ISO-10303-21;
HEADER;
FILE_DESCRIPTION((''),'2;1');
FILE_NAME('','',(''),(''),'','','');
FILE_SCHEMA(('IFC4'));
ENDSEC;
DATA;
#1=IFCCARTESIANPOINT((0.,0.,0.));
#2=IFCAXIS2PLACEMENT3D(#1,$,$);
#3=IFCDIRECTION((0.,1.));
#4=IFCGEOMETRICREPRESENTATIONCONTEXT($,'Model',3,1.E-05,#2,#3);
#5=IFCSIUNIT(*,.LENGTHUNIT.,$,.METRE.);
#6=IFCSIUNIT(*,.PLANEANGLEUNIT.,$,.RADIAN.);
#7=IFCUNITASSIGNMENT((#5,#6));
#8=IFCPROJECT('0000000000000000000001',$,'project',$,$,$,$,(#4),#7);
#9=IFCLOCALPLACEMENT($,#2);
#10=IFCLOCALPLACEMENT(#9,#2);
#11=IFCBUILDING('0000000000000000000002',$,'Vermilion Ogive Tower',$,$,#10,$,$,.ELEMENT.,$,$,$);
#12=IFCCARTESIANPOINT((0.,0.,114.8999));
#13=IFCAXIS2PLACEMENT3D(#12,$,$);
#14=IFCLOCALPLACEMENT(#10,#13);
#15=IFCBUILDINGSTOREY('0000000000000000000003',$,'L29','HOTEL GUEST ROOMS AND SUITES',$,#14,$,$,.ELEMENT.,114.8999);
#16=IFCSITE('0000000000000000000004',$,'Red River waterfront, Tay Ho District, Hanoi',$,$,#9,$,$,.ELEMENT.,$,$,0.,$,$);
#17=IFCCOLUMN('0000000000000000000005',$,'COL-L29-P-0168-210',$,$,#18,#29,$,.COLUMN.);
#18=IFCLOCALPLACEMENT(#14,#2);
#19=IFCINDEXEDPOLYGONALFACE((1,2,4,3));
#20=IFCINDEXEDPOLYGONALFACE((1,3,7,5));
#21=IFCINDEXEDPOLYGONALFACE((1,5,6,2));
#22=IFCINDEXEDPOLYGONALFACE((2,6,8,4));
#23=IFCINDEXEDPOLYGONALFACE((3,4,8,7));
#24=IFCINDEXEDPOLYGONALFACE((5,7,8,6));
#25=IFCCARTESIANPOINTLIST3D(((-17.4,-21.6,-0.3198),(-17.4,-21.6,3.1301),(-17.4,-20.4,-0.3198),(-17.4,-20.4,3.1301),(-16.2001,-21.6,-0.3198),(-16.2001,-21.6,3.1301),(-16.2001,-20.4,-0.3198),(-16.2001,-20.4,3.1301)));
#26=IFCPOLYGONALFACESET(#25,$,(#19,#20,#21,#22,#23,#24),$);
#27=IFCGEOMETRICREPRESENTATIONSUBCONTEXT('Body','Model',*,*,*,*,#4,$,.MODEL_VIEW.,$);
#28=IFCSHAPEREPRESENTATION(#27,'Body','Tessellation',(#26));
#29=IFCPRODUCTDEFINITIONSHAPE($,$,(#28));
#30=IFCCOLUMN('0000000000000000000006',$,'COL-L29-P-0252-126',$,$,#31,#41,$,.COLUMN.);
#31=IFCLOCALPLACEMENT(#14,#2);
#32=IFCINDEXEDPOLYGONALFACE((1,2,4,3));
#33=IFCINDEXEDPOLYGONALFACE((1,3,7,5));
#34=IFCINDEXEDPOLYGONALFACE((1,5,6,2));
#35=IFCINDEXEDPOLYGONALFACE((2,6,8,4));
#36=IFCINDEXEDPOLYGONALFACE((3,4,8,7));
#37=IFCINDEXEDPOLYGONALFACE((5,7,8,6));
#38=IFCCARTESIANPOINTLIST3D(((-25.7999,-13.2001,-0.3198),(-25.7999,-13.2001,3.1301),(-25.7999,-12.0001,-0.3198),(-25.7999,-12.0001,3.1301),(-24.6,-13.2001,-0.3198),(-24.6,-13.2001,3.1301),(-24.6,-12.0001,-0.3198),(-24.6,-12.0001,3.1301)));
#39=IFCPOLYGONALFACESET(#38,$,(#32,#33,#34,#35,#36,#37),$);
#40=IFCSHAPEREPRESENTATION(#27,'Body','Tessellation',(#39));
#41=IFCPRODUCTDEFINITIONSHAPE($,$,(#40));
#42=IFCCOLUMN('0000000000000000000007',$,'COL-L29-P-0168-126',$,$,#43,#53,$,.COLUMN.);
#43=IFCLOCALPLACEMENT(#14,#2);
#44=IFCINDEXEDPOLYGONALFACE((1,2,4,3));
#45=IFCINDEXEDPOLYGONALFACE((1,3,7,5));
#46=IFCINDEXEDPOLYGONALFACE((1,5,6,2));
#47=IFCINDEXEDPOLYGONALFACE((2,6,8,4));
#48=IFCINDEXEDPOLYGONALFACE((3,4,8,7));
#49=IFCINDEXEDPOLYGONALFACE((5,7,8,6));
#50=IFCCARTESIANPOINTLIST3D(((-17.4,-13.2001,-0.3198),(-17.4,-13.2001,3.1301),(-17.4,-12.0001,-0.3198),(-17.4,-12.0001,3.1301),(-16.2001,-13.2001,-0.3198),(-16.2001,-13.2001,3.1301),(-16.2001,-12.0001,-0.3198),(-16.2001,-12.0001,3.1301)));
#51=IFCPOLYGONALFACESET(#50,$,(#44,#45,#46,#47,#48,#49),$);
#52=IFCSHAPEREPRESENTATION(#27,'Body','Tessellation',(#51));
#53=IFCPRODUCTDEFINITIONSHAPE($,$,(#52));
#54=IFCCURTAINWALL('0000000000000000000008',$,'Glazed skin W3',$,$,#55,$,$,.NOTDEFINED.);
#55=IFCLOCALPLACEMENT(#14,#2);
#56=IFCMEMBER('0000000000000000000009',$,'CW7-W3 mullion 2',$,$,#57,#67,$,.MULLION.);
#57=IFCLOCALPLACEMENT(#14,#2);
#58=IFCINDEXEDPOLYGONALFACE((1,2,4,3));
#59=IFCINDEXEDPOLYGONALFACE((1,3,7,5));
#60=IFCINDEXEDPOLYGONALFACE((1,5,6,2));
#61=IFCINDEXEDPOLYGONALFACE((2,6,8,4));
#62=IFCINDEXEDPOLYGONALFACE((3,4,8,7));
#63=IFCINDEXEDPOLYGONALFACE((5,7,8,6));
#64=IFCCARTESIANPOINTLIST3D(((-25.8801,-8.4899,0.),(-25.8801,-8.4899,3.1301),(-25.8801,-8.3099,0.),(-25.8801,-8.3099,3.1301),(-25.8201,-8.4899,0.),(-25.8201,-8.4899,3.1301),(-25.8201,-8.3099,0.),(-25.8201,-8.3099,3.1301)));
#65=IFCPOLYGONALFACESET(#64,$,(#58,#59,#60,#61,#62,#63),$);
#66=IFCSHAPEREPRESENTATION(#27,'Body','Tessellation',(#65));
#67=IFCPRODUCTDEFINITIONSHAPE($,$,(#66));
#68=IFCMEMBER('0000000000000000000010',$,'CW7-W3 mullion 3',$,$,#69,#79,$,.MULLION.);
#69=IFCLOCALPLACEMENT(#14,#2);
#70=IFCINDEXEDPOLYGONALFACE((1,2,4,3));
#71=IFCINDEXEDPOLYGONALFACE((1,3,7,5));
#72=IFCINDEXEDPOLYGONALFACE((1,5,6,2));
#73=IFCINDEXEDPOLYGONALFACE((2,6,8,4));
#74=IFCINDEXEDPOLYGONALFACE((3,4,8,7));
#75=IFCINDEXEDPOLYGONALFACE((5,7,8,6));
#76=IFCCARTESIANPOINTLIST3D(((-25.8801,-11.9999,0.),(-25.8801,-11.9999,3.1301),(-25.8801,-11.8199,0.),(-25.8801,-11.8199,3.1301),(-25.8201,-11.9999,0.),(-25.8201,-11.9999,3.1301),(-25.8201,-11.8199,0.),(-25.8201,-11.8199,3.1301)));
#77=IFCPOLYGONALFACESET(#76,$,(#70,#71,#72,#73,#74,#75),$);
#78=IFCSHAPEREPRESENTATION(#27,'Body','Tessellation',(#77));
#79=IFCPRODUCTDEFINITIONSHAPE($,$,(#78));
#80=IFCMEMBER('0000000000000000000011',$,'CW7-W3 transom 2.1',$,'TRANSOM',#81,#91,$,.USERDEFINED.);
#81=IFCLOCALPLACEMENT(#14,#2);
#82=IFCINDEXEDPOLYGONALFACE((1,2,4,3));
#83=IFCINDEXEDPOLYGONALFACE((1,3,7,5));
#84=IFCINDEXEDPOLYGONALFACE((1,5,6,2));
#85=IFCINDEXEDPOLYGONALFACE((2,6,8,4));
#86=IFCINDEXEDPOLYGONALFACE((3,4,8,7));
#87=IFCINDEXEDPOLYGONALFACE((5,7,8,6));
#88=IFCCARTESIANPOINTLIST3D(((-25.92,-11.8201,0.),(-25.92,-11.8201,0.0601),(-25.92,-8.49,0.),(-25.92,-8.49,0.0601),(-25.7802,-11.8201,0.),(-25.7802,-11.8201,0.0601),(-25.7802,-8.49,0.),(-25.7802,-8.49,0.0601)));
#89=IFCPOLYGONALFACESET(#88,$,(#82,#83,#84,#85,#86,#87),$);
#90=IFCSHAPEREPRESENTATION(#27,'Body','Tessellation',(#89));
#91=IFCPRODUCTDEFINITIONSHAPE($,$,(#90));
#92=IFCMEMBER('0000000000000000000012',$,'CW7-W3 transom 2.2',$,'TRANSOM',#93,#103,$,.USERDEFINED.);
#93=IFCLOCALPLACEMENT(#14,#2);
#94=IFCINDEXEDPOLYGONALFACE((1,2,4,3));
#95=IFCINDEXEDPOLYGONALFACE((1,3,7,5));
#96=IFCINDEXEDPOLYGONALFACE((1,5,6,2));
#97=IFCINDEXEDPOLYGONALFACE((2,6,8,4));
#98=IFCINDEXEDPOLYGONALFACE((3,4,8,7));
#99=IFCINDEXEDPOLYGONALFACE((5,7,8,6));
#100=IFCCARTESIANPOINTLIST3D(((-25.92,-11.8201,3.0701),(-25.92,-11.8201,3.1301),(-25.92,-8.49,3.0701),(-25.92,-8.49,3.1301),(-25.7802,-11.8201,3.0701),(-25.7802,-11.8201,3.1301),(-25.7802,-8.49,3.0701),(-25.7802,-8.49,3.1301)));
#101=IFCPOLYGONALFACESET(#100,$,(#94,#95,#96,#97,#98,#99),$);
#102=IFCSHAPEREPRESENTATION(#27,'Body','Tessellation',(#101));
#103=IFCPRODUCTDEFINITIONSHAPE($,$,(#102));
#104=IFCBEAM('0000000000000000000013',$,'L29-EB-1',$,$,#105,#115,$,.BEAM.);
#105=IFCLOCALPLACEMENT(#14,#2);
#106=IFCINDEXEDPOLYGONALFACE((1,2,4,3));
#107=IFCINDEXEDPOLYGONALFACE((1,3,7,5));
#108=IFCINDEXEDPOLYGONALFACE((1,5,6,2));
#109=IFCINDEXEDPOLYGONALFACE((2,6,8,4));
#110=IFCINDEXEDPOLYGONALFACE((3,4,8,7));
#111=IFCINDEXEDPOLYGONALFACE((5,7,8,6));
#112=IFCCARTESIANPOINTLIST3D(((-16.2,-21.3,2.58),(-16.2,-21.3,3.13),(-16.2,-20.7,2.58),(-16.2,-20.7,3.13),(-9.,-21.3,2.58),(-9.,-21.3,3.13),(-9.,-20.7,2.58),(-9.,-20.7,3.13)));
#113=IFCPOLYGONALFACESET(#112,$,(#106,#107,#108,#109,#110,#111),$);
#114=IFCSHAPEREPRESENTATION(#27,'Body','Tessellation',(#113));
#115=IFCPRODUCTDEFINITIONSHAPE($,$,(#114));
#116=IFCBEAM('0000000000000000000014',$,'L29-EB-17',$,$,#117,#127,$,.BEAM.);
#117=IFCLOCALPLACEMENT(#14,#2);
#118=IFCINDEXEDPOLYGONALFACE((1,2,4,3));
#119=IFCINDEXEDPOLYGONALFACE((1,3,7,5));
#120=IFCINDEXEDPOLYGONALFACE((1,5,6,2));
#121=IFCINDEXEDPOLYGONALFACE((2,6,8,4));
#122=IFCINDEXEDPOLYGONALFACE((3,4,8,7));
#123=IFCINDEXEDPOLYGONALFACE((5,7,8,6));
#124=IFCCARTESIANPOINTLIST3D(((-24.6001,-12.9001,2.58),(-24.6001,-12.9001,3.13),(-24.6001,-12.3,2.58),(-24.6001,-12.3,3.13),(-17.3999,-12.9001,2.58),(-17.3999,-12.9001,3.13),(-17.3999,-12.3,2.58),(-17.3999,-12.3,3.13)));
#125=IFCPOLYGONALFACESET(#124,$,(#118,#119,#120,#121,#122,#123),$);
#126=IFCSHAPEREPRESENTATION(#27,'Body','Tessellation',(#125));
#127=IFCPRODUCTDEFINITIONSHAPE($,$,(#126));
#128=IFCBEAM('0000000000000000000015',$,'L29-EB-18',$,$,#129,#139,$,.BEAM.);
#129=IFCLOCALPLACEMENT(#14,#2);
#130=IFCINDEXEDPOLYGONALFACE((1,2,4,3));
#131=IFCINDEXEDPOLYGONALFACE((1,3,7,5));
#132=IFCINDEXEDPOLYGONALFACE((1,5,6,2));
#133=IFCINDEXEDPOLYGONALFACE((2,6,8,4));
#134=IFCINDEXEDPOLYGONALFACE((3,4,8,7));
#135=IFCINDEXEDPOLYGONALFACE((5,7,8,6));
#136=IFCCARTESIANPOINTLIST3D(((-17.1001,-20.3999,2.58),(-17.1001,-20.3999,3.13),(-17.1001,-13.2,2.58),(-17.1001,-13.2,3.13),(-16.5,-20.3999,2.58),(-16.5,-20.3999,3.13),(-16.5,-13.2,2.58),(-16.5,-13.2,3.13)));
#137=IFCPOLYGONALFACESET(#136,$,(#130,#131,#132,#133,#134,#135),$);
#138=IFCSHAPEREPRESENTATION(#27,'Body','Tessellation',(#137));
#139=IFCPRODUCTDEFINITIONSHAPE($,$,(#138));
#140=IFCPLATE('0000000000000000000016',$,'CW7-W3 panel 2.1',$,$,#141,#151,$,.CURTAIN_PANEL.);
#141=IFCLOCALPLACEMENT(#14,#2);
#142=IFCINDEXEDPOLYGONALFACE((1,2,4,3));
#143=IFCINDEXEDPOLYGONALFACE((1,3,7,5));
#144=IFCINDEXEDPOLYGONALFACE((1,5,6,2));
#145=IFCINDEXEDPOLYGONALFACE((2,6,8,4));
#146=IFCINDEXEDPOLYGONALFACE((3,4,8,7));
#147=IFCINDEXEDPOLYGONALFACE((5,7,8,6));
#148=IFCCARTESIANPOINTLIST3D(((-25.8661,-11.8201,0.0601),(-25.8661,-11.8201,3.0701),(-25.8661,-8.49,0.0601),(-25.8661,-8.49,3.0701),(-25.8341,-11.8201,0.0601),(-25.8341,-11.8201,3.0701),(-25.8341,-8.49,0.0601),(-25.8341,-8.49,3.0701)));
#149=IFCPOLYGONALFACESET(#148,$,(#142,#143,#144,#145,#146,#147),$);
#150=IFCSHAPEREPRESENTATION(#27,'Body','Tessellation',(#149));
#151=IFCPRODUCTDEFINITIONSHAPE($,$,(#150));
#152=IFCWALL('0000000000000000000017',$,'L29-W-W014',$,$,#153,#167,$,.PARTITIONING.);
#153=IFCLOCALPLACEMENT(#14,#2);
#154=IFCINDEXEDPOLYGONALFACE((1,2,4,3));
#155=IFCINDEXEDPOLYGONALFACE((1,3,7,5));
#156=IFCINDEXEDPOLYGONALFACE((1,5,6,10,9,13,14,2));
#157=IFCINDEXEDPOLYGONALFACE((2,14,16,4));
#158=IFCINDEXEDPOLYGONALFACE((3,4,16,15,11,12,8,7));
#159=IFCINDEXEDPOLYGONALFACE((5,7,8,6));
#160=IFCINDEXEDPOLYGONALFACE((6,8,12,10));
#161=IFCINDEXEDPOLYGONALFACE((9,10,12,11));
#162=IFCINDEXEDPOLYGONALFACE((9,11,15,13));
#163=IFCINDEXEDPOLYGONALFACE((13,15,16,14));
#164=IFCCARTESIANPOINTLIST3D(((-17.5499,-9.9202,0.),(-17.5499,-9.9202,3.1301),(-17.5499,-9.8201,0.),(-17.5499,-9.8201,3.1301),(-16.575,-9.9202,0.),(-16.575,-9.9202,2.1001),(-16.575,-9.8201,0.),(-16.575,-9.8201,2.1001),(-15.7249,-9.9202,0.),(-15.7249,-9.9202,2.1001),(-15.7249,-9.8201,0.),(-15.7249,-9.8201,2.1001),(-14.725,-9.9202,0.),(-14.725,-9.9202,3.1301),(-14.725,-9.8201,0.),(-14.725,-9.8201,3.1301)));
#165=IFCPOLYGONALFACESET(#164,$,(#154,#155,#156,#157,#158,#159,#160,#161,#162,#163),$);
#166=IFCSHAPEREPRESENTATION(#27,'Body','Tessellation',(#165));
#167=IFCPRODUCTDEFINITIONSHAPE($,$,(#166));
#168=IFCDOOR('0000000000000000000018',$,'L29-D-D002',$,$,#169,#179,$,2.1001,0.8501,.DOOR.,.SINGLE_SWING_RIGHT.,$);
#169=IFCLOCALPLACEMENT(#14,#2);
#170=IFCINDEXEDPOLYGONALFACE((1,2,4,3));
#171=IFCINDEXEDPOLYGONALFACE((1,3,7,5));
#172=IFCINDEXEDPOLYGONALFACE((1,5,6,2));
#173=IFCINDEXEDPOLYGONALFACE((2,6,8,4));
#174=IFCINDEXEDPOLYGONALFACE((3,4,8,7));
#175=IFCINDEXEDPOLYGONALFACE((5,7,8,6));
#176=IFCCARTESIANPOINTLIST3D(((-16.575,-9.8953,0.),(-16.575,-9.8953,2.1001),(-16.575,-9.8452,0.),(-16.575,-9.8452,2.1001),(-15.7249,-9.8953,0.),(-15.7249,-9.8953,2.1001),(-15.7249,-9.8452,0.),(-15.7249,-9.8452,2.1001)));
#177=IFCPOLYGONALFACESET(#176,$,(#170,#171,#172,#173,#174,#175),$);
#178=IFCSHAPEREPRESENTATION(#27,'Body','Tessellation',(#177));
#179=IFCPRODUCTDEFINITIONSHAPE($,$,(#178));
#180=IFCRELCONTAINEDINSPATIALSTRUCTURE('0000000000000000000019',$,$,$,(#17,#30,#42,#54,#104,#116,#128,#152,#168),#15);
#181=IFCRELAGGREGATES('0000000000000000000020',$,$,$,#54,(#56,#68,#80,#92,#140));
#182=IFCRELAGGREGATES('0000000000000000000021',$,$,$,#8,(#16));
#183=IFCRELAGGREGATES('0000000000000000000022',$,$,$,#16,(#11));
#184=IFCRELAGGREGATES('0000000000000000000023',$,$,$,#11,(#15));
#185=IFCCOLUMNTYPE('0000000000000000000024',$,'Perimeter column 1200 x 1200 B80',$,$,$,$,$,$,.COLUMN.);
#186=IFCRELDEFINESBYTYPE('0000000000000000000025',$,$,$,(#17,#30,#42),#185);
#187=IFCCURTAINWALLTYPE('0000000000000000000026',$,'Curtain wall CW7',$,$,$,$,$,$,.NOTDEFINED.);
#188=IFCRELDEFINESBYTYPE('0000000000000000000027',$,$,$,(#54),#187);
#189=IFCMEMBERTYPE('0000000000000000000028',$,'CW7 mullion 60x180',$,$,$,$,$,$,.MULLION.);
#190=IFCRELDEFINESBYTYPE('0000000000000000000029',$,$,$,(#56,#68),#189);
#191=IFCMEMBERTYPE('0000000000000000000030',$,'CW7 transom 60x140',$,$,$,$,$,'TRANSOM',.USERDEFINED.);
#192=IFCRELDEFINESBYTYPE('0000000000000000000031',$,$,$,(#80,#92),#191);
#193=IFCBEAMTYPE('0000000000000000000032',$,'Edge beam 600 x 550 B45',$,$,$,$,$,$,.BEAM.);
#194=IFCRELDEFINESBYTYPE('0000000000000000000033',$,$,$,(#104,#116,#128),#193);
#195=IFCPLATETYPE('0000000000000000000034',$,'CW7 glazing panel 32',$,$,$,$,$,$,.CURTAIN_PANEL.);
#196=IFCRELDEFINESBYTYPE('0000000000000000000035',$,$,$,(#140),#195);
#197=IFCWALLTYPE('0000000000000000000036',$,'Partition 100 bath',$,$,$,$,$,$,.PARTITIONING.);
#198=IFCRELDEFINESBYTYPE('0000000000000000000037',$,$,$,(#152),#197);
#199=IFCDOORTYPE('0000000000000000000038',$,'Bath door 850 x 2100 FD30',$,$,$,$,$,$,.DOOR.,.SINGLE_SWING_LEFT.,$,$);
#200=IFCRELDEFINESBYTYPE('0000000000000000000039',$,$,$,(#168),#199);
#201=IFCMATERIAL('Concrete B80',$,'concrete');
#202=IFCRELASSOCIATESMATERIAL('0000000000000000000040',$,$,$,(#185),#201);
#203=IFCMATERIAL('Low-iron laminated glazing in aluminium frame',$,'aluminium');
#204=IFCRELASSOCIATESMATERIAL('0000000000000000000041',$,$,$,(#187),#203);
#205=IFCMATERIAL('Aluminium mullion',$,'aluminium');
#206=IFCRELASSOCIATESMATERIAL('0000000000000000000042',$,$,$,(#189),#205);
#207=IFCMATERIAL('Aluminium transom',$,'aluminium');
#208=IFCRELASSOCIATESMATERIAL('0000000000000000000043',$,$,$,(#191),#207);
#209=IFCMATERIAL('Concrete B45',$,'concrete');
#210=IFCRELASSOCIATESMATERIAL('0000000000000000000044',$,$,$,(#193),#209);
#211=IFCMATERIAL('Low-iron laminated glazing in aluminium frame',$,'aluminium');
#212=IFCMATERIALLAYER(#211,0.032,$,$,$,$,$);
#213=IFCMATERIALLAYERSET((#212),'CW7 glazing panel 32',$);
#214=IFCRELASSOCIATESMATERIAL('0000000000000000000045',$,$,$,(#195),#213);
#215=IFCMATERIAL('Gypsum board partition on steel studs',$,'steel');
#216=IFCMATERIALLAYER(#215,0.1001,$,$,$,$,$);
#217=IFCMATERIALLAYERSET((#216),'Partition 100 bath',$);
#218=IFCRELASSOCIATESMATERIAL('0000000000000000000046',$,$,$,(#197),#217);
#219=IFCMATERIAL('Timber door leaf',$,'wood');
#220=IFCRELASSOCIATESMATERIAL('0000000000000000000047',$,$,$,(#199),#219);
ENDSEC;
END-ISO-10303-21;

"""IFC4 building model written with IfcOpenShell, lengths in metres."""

from ifc_helpers import new_model, si_unit, direction, frame, frame_2d, origin, origin_2d, place, context, subcontext, project, spatial, rectangle, extrude, material, layer, layer_set, material_profile, profile_set, type_object, element, fill, aggregate, save


model = new_model("IFC4")

# Units and contexts
model_context = context("Model", 3, precision=1e-05, world=origin(), true_north=direction((0.0, 1.0)))
body_context = subcontext(model_context, "Body", "Model", "MODEL_VIEW")
ifc_project = project(units=[si_unit("LENGTHUNIT", "METRE"), si_unit("PLANEANGLEUNIT", "RADIAN")], contexts=[model_context])

# Site, building, storey
site_placement = place(None, origin())
site = spatial("IfcSite", under=ifc_project, at=site_placement, Name="Red River waterfront, Tay Ho District, Hanoi", CompositionType="ELEMENT", RefElevation=0.0)
building_placement = place(site_placement, origin())
building = spatial("IfcBuilding", under=site, at=building_placement, Name="Vermilion Ogive Tower", CompositionType="ELEMENT")
storey_placement = place(building_placement, frame((0.0, 0.0, 114.8999)))
storey = spatial("IfcBuildingStorey", under=building, at=storey_placement, Name="L29", Description="HOTEL GUEST ROOMS AND SUITES", CompositionType="ELEMENT", Elevation=114.8999)

# Columns
ifc_material_1 = material(Name="Concrete B80", Category="concrete")
ifc_material_profile_1 = material_profile(ifc_material_1, rectangle(XDim=1.2, YDim=1.2, at=origin_2d()), Name="1200 x 1200")
ifc_profile_set_1 = profile_set([ifc_material_profile_1], Name="Concrete B80")
column_type = type_object("IfcColumnType", Name="Perimeter column 1200 x 1200 B80", PredefinedType="COLUMN", material=ifc_profile_set_1)
for number, where, z_axis, x_axis, name in (
    (1, (-16.8, -21.0, -0.3198), (0.0, 0.0, 1.0), (1.0, 0.0, 0.0), "COL-L29-P-0168-210"),
    (2, (-25.2, -12.6001, -0.3198), (0.0, 0.0, 1.0), (1.0, 0.0, 0.0), "COL-L29-P-0252-126"),
    (3, (-16.8, -12.6001, -0.3198), (0.0, 0.0, 1.0), (1.0, 0.0, 0.0), "COL-L29-P-0168-126"),
):
    element("IfcColumn", number, at=place(storey_placement, frame(where, z_axis=z_axis, x_axis=x_axis)), inside=storey, type_object=column_type, Name=name, PredefinedType="COLUMN", context=body_context, shape_type="SweptSolid", body=[
        extrude(rectangle(XDim=1.2, YDim=1.2, at=origin_2d()), origin(), (0.0, 0.0, 1.0), 3.45),
    ])

# Curtain wall, members
ifc_material_2 = material(Name="Low-iron laminated glazing in aluminium frame", Category="aluminium")
curtain_wall_type = type_object("IfcCurtainWallType", Name="Curtain wall CW7", PredefinedType="NOTDEFINED", material=ifc_material_2)
curtain_wall_placement = place(storey_placement, origin())
curtain_wall = element("IfcCurtainWall", 4, at=curtain_wall_placement, inside=storey, type_object=curtain_wall_type, Name="Glazed skin W3", PredefinedType="NOTDEFINED")
ifc_material_3 = material(Name="Aluminium mullion", Category="aluminium")
ifc_material_profile_2 = material_profile(ifc_material_3, rectangle(XDim=0.0601, YDim=0.1799, at=origin_2d()), Name="AL 60x180")
ifc_profile_set_2 = profile_set([ifc_material_profile_2], Name="Aluminium mullion")
member_type_1 = type_object("IfcMemberType", Name="CW7 mullion 60x180", PredefinedType="MULLION", material=ifc_profile_set_2)
member_1_placement = place(storey_placement, frame((-25.8501, -8.3999, 0.0), z_axis=(0.0, 0.0, 1.0), x_axis=(1.0, 0.0, 0.0)))
member_1 = element("IfcMember", 5, at=member_1_placement, type_object=member_type_1, Name="CW7-W3 mullion 2", PredefinedType="MULLION", context=body_context, shape_type="SweptSolid", body=[
    extrude(rectangle(XDim=0.0601, YDim=0.1799, at=origin_2d()), origin(), (0.0, 0.0, 1.0), 3.1301),
])
member_2_placement = place(storey_placement, frame((-25.8501, -11.9099, 0.0), z_axis=(0.0, 0.0, 1.0), x_axis=(1.0, 0.0, 0.0)))
member_2 = element("IfcMember", 6, at=member_2_placement, type_object=member_type_1, Name="CW7-W3 mullion 3", PredefinedType="MULLION", context=body_context, shape_type="SweptSolid", body=[
    extrude(rectangle(XDim=0.0601, YDim=0.1799, at=origin_2d()), origin(), (0.0, 0.0, 1.0), 3.1301),
])
ifc_material_4 = material(Name="Aluminium transom", Category="aluminium")
ifc_material_profile_3 = material_profile(ifc_material_4, rectangle(XDim=0.1399, YDim=0.0601, at=origin_2d()), Name="AL 60x140")
ifc_profile_set_3 = profile_set([ifc_material_profile_3], Name="Aluminium transom")
member_type_2 = type_object("IfcMemberType", Name="CW7 transom 60x140", ElementType="TRANSOM", PredefinedType="USERDEFINED", material=ifc_profile_set_3)
member_3_placement = place(storey_placement, frame((-25.8501, -8.49, 0.03), z_axis=(0.0, -1.0, 0.0), x_axis=(1.0, 0.0, 0.0)))
member_3 = element("IfcMember", 7, at=member_3_placement, type_object=member_type_2, Name="CW7-W3 transom 2.1", ObjectType="TRANSOM", PredefinedType="USERDEFINED", context=body_context, shape_type="SweptSolid", body=[
    extrude(rectangle(XDim=0.1399, YDim=0.0601, at=origin_2d()), origin(), (0.0, 0.0, 1.0), 3.3301),
])
member_4_placement = place(storey_placement, frame((-25.8501, -8.49, 3.1001), z_axis=(0.0, -1.0, 0.0), x_axis=(1.0, 0.0, 0.0)))
member_4 = element("IfcMember", 8, at=member_4_placement, type_object=member_type_2, Name="CW7-W3 transom 2.2", ObjectType="TRANSOM", PredefinedType="USERDEFINED", context=body_context, shape_type="SweptSolid", body=[
    extrude(rectangle(XDim=0.1399, YDim=0.0601, at=origin_2d()), origin(), (0.0, 0.0, 1.0), 3.3301),
])

# Beams
ifc_material_5 = material(Name="Concrete B45", Category="concrete")
ifc_material_profile_4 = material_profile(ifc_material_5, rectangle(XDim=0.6001, YDim=0.55, at=origin_2d()), Name="600 x 550")
ifc_profile_set_4 = profile_set([ifc_material_profile_4], Name="Concrete B45")
beam_type = type_object("IfcBeamType", Name="Edge beam 600 x 550 B45", PredefinedType="BEAM", material=ifc_profile_set_4)
beam_1_placement = place(storey_placement, frame((-16.2, -21.0, 2.855), z_axis=(1.0, 0.0, 0.0), x_axis=(0.0, 1.0, 0.0)))
element("IfcBeam", 9, at=beam_1_placement, inside=storey, type_object=beam_type, Name="L29-EB-1", PredefinedType="BEAM", context=body_context, shape_type="SweptSolid", body=[
    extrude(rectangle(XDim=0.6001, YDim=0.55, at=origin_2d()), origin(), (0.0, 0.0, 1.0), 7.2),
])
beam_2_placement = place(storey_placement, frame((-24.6001, -12.6001, 2.855), z_axis=(1.0, 0.0, 0.0), x_axis=(0.0, 1.0, 0.0)))
element("IfcBeam", 10, at=beam_2_placement, inside=storey, type_object=beam_type, Name="L29-EB-17", PredefinedType="BEAM", context=body_context, shape_type="SweptSolid", body=[
    extrude(rectangle(XDim=0.6001, YDim=0.55, at=origin_2d()), origin(), (0.0, 0.0, 1.0), 7.2002),
])
beam_3_placement = place(storey_placement, frame((-16.8, -13.2, 2.855), z_axis=(0.0, -1.0, 0.0), x_axis=(1.0, 0.0, 0.0)))
element("IfcBeam", 11, at=beam_3_placement, inside=storey, type_object=beam_type, Name="L29-EB-18", PredefinedType="BEAM", context=body_context, shape_type="SweptSolid", body=[
    extrude(rectangle(XDim=0.6001, YDim=0.55, at=origin_2d()), origin(), (0.0, 0.0, 1.0), 7.2),
])

# Plate
ifc_material_6 = material(Name="Low-iron laminated glazing in aluminium frame", Category="aluminium")
ifc_layer_1 = layer(ifc_material_6, 0.032)
ifc_layer_set_1 = layer_set([ifc_layer_1], Name="CW7 glazing panel 32")
plate_type = type_object("IfcPlateType", Name="CW7 glazing panel 32", PredefinedType="CURTAIN_PANEL", material=ifc_layer_set_1)
plate_placement = place(storey_placement, frame((-25.8501, -10.155, 0.0601), z_axis=(0.0, 0.0, 1.0), x_axis=(0.0, -1.0, 0.0)))
plate = element("IfcPlate", 12, at=plate_placement, type_object=plate_type, Name="CW7-W3 panel 2.1", PredefinedType="CURTAIN_PANEL", context=body_context, shape_type="SweptSolid", body=[
    extrude(rectangle(XDim=3.3301, YDim=0.032, at=origin_2d()), origin(), (0.0, 0.0, 1.0), 3.01),
])
aggregate(curtain_wall, [member_1, member_2, member_3, member_4, plate])

# Wall, opening, door
ifc_material_7 = material(Name="Gypsum board partition on steel studs", Category="steel")
ifc_layer_2 = layer(ifc_material_7, 0.1001)
ifc_layer_set_2 = layer_set([ifc_layer_2], Name="Partition 100 bath")
wall_type_1 = type_object("IfcWallType", Name="Partition 100 bath", PredefinedType="PARTITIONING", material=ifc_layer_set_2)
wall_1_placement = place(storey_placement, frame((-17.55, -9.8701, 0.0), z_axis=(0.0, 0.0, 1.0), x_axis=(1.0, 0.0, 0.0)))
wall_1 = element("IfcWall", 13, at=wall_1_placement, inside=storey, type_object=wall_type_1, Name="L29-W-W014", PredefinedType="PARTITIONING", context=body_context, shape_type="SweptSolid", body=[
    extrude(rectangle(XDim=2.825, YDim=0.1001, at=frame_2d((1.4126, 0.0))), origin(), (0.0, 0.0, 1.0), 3.1301),
])
opening_1_placement = place(wall_1_placement, frame((0.9751, 0.0, 0.0)))
opening_1 = element("IfcOpeningElement", 14, at=opening_1_placement, cuts=wall_1, PredefinedType="OPENING", context=body_context, shape_type="SweptSolid", body=[
    extrude(rectangle(XDim=0.8501, YDim=2.1001, at=frame_2d((0.425, 1.05))), frame((0.0, 0.0601, 0.0), z_axis=(0.0, -1.0, 0.0), x_axis=(1.0, 0.0, 0.0)), (0.0, 0.0, 1.0), 0.1201),
])
ifc_material_8 = material(Name="Timber door leaf", Category="wood")
door_type_1 = type_object("IfcDoorType", Name="Bath door 850 x 2100 FD30", OperationType="SINGLE_SWING_LEFT", PredefinedType="DOOR", material=ifc_material_8)
door_1_placement = place(opening_1_placement, origin())
door_1 = element("IfcDoor", 15, at=door_1_placement, inside=storey, type_object=door_type_1, Name="L29-D-D002", OperationType="SINGLE_SWING_RIGHT", OverallHeight=2.1001, OverallWidth=0.8501, PredefinedType="DOOR", context=body_context, shape_type="SweptSolid", body=[
    extrude(rectangle(XDim=0.8501, YDim=2.1001, at=frame_2d((0.425, 1.05))), frame((0.0, 0.0249, 0.0), z_axis=(0.0, -1.0, 0.0), x_axis=(1.0, 0.0, 0.0)), (0.0, 0.0, 1.0), 0.05),
])
fill(opening_1, door_1)

save(model, "model.ifc")
